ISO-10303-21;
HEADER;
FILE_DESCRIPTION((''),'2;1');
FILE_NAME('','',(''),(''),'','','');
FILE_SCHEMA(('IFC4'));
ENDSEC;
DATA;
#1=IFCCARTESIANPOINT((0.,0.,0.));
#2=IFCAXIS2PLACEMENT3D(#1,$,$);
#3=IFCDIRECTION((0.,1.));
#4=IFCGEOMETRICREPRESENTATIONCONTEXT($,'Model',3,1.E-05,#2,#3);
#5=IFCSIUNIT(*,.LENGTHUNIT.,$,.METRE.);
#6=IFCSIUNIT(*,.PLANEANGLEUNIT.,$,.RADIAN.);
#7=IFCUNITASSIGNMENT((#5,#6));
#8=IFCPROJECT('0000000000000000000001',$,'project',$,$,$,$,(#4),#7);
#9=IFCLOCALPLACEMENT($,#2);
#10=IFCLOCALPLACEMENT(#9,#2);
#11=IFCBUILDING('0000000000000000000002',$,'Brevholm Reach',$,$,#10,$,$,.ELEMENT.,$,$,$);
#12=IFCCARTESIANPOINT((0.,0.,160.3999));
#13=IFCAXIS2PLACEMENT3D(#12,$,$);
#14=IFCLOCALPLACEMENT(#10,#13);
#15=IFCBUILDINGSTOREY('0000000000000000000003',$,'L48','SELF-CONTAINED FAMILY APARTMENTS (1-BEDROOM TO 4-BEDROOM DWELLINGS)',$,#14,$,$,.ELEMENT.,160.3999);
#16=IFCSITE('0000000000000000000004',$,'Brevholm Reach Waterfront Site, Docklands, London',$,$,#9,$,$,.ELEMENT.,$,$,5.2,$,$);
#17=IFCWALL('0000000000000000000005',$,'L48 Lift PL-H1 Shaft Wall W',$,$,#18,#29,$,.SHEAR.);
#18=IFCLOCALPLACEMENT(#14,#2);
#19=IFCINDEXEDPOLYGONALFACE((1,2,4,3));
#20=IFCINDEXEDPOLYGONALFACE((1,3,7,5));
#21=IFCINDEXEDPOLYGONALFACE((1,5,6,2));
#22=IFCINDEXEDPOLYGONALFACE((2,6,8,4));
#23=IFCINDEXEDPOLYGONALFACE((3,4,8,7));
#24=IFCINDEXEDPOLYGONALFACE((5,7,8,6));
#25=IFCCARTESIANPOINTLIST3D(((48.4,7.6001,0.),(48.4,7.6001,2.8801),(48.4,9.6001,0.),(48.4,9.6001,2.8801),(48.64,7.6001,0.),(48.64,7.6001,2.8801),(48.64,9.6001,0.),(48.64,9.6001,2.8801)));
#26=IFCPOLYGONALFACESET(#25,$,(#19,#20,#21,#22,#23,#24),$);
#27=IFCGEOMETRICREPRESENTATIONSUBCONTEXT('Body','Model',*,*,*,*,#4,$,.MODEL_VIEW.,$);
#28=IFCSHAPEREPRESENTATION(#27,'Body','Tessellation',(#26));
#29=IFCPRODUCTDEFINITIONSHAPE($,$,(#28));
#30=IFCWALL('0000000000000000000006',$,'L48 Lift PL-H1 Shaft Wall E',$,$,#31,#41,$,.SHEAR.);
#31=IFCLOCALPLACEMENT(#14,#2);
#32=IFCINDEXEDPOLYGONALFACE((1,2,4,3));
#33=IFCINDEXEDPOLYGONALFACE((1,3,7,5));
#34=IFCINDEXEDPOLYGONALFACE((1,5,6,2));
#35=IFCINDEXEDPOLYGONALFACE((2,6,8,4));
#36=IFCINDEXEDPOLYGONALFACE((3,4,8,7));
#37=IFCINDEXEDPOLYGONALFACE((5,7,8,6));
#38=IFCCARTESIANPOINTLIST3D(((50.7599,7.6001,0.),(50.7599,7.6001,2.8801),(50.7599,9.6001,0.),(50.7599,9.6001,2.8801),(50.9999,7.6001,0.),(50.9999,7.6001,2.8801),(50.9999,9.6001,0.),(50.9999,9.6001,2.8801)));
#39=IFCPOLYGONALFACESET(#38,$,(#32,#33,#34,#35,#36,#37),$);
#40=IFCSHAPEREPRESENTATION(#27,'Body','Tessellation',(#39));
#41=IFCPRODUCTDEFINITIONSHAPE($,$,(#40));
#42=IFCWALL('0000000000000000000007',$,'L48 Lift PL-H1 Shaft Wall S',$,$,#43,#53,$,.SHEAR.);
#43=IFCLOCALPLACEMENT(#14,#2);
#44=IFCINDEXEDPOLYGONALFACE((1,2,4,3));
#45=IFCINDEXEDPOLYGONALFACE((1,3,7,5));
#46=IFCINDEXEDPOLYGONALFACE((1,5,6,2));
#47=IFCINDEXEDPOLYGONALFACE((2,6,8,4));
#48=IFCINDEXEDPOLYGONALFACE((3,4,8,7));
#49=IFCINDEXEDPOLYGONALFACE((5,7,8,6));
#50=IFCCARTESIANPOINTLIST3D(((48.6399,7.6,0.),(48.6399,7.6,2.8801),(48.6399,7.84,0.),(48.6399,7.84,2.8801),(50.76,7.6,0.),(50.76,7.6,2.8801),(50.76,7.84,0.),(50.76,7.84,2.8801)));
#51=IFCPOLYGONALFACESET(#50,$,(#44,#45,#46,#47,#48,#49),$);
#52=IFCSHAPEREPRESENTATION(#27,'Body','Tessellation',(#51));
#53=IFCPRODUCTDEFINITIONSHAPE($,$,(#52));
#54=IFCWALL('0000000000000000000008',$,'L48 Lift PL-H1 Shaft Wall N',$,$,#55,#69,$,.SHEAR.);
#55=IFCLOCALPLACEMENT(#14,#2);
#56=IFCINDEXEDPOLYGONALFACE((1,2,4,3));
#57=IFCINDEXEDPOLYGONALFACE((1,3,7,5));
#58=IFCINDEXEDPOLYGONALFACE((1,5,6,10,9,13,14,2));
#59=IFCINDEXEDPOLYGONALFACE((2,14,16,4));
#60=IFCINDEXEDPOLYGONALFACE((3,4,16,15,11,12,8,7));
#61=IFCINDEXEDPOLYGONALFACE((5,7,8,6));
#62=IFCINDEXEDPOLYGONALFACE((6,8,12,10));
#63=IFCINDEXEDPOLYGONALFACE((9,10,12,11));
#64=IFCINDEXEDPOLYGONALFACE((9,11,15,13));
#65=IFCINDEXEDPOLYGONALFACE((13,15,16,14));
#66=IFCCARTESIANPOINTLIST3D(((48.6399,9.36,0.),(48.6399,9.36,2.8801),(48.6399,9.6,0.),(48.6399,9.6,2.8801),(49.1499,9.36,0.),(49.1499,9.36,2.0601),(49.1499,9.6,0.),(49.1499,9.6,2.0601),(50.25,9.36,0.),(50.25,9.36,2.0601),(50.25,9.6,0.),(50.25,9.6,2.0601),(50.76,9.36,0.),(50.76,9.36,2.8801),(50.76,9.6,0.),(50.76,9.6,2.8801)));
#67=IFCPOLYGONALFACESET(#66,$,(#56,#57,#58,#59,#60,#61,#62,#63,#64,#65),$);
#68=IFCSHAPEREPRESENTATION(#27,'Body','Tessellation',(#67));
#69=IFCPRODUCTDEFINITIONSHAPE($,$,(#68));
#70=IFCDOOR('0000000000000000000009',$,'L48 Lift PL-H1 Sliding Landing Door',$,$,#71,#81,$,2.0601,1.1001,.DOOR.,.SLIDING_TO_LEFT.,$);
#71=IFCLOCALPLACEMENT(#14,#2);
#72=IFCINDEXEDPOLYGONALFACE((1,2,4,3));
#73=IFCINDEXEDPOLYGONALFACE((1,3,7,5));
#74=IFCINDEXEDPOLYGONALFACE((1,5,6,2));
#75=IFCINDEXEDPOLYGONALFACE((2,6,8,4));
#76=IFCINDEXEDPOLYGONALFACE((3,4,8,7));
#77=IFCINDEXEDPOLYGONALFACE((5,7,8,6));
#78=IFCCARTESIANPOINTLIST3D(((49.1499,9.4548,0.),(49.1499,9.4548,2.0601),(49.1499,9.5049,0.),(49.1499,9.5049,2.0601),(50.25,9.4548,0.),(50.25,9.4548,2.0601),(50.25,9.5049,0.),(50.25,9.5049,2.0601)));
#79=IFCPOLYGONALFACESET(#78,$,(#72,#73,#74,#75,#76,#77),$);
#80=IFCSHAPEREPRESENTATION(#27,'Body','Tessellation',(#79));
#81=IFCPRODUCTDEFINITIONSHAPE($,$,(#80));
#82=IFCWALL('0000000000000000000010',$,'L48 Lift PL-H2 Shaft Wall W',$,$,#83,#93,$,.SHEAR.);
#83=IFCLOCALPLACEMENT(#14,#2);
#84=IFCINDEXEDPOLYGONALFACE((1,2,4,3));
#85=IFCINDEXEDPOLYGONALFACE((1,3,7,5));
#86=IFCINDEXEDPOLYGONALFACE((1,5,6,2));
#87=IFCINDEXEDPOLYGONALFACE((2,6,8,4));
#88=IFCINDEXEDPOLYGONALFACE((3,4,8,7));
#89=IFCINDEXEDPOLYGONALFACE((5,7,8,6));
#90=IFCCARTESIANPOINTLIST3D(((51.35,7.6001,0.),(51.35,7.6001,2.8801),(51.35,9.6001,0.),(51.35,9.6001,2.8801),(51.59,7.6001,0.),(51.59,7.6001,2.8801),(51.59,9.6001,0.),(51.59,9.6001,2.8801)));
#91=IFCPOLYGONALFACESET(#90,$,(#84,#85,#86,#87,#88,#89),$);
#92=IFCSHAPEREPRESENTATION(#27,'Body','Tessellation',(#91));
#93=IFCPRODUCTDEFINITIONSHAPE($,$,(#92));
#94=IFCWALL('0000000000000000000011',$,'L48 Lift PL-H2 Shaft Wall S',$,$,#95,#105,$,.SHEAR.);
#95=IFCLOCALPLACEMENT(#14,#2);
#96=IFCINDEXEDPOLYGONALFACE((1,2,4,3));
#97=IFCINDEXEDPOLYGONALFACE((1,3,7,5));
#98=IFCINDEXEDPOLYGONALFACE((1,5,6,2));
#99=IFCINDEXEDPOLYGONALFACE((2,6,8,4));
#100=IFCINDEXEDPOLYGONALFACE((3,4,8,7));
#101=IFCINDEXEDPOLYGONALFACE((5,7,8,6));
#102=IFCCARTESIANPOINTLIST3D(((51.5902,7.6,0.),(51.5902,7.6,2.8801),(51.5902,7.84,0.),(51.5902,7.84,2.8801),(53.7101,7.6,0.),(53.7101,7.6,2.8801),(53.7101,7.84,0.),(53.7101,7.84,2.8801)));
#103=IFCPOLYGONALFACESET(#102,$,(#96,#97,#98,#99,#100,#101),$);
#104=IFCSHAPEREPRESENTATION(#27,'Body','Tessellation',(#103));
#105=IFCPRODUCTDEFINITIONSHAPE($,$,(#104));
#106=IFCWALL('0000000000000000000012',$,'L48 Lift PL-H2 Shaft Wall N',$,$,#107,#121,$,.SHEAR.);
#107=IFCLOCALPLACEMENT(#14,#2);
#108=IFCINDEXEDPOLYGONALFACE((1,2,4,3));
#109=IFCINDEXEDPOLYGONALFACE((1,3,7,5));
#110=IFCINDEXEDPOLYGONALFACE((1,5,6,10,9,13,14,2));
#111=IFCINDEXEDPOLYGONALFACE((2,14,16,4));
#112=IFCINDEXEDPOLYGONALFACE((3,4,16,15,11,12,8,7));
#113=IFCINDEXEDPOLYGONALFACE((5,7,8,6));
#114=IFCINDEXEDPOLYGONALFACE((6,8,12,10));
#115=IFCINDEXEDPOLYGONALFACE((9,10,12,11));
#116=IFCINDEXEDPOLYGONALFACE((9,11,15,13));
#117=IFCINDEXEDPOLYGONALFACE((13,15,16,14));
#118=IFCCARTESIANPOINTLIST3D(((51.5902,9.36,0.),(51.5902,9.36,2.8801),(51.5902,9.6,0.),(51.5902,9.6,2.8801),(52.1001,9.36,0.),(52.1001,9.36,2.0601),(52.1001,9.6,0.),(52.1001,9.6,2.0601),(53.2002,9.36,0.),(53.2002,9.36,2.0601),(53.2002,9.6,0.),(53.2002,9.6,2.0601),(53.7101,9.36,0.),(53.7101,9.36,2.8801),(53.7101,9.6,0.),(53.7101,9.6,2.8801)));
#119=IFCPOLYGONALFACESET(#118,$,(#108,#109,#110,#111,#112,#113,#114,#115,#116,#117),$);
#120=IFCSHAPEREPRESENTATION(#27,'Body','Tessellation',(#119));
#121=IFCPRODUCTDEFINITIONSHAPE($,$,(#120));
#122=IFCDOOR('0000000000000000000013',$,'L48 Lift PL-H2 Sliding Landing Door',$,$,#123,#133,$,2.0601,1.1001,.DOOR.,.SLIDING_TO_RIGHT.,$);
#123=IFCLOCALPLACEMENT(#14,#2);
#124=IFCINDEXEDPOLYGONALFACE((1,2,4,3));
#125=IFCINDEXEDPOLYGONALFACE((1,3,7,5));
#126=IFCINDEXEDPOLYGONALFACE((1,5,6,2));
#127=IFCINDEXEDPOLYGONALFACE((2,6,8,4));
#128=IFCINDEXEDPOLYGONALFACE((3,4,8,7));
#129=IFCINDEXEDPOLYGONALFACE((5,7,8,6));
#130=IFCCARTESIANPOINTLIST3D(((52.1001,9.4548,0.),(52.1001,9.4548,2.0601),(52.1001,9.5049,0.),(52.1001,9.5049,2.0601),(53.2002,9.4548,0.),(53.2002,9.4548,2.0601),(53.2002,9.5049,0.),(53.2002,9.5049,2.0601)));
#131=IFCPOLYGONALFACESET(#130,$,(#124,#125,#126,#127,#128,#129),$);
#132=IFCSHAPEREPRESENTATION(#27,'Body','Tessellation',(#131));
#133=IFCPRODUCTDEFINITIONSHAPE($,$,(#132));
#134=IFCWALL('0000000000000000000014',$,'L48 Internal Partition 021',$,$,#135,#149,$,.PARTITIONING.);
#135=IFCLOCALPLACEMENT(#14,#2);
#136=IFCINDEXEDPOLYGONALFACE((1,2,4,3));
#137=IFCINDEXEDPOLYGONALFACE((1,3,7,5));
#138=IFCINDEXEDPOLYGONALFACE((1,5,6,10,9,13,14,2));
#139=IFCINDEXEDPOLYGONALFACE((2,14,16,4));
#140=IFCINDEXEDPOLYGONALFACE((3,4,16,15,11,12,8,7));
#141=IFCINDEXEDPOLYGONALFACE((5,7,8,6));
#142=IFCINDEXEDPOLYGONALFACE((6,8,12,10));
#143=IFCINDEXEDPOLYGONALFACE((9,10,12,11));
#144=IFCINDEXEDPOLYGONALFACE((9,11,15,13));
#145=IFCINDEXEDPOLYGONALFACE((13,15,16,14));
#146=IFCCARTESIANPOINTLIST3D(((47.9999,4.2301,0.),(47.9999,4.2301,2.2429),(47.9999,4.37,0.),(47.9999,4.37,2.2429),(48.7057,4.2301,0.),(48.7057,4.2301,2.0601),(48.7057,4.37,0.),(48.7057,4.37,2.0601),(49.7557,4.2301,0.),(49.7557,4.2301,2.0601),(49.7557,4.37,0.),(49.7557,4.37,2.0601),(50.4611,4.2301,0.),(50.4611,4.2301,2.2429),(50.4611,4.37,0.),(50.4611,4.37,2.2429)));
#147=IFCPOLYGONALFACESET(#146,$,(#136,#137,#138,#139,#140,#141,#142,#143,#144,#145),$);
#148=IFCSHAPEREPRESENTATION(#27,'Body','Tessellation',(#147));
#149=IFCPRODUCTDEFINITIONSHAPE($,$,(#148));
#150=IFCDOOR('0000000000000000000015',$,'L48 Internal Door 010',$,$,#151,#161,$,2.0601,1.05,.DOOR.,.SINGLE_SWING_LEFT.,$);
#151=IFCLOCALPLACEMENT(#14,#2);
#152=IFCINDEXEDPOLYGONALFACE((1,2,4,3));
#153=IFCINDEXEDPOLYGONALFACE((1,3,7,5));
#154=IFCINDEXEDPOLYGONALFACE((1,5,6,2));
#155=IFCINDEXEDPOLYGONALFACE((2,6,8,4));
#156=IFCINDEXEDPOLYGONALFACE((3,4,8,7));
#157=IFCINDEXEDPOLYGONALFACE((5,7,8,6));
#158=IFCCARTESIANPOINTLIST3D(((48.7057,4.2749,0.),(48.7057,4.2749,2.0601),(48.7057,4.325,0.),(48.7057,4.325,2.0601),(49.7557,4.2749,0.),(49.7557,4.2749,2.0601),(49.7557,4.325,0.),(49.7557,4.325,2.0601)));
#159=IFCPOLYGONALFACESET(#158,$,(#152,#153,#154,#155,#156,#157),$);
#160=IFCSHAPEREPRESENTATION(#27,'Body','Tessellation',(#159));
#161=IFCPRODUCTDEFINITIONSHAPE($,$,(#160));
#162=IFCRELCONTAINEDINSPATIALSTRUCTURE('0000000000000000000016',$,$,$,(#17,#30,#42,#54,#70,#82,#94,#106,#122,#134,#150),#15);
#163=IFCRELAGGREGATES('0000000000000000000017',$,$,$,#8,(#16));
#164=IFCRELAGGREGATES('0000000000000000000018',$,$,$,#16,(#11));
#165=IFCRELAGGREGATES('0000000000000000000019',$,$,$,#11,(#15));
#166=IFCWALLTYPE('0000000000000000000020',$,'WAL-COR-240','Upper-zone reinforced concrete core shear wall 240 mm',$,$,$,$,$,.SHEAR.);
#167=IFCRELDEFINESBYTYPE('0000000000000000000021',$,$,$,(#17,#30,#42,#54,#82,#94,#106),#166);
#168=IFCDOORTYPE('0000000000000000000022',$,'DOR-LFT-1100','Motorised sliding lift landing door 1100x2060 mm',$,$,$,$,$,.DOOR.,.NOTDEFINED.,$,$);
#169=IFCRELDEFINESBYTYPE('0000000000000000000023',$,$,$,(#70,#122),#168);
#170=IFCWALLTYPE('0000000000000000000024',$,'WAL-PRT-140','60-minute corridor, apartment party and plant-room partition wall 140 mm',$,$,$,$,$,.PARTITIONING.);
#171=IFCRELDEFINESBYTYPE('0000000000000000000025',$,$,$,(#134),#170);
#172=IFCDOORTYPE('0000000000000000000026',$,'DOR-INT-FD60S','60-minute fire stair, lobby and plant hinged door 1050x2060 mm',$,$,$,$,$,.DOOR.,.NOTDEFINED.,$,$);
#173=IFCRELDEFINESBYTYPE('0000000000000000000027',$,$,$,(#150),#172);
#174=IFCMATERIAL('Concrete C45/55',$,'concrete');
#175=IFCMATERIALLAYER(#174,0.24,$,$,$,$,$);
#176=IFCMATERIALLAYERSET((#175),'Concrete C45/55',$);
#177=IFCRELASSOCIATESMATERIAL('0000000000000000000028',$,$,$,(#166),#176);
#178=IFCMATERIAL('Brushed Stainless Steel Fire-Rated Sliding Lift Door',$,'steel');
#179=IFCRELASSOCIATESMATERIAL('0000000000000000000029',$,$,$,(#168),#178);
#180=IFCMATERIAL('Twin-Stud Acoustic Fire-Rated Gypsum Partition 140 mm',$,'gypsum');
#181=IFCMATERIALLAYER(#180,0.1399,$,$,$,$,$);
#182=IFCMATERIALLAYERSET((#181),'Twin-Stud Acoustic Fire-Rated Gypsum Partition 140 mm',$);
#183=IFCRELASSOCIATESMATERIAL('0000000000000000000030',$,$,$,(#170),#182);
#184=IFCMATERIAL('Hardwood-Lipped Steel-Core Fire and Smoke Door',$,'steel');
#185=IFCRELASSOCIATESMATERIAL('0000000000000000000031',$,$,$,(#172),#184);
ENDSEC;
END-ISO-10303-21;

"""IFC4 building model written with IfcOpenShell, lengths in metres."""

from ifc_helpers import new_model, si_unit, direction, frame, frame_2d, origin, place, context, subcontext, project, spatial, rectangle, extrude, material, layer, layer_set, type_object, element, fill, save


model = new_model("IFC4")

# Units and contexts
model_context = context("Model", 3, precision=1e-05, world=origin(), true_north=direction((0.0, 1.0)))
body_context = subcontext(model_context, "Body", "Model", "MODEL_VIEW")
ifc_project = project(units=[si_unit("LENGTHUNIT", "METRE"), si_unit("PLANEANGLEUNIT", "RADIAN")], contexts=[model_context])

# Site, building, storey
site_placement = place(None, origin())
site = spatial("IfcSite", under=ifc_project, at=site_placement, Name="Brevholm Reach Waterfront Site, Docklands, London", CompositionType="ELEMENT", RefElevation=5.2)
building_placement = place(site_placement, origin())
building = spatial("IfcBuilding", under=site, at=building_placement, Name="Brevholm Reach", CompositionType="ELEMENT")
storey_placement = place(building_placement, frame((0.0, 0.0, 160.3999)))
storey = spatial("IfcBuildingStorey", under=building, at=storey_placement, Name="L48", Description="SELF-CONTAINED FAMILY APARTMENTS (1-BEDROOM TO 4-BEDROOM DWELLINGS)", CompositionType="ELEMENT", Elevation=160.3999)

# Walls
ifc_material_1 = material(Name="Concrete C45/55", Category="concrete")
ifc_layer_1 = layer(ifc_material_1, 0.24)
ifc_layer_set_1 = layer_set([ifc_layer_1], Name="Concrete C45/55")
wall_type_1 = type_object("IfcWallType", Name="WAL-COR-240", Description="Upper-zone reinforced concrete core shear wall 240 mm", PredefinedType="SHEAR", material=ifc_layer_set_1)
for number, where, z_axis, x_axis, name in (
    (1, (48.52, 7.6001, 0.0), (0.0, 0.0, 1.0), (0.0, 1.0, 0.0), "L48 Lift PL-H1 Shaft Wall W"),
    (2, (50.8799, 7.6001, 0.0), (0.0, 0.0, 1.0), (0.0, 1.0, 0.0), "L48 Lift PL-H1 Shaft Wall E"),
):
    element("IfcWall", number, at=place(storey_placement, frame(where, z_axis=z_axis, x_axis=x_axis)), inside=storey, type_object=wall_type_1, Name=name, PredefinedType="SHEAR", context=body_context, shape_type="SweptSolid", body=[
        extrude(rectangle(XDim=2.0, YDim=0.24, at=frame_2d((1.0, 0.0))), origin(), (0.0, 0.0, 1.0), 2.8801),
    ])
wall_1_placement = place(storey_placement, frame((48.6399, 7.72, 0.0), z_axis=(0.0, 0.0, 1.0), x_axis=(1.0, 0.0, 0.0)))
element("IfcWall", 3, at=wall_1_placement, inside=storey, type_object=wall_type_1, Name="L48 Lift PL-H1 Shaft Wall S", PredefinedType="SHEAR", context=body_context, shape_type="SweptSolid", body=[
    extrude(rectangle(XDim=2.1201, YDim=0.24, at=frame_2d((1.0601, 0.0))), origin(), (0.0, 0.0, 1.0), 2.8801),
])

# Wall, opening, door
wall_2_placement = place(storey_placement, frame((48.6399, 9.48, 0.0), z_axis=(0.0, 0.0, 1.0), x_axis=(1.0, 0.0, 0.0)))
wall_2 = element("IfcWall", 4, at=wall_2_placement, inside=storey, type_object=wall_type_1, Name="L48 Lift PL-H1 Shaft Wall N", PredefinedType="SHEAR", context=body_context, shape_type="SweptSolid", body=[
    extrude(rectangle(XDim=2.1201, YDim=0.24, at=frame_2d((1.0601, 0.0))), origin(), (0.0, 0.0, 1.0), 2.8801),
])
opening_1_placement = place(wall_2_placement, frame((0.51, 0.0, 0.0)))
opening_1 = element("IfcOpeningElement", 5, at=opening_1_placement, cuts=wall_2, PredefinedType="OPENING", context=body_context, shape_type="SweptSolid", body=[
    extrude(rectangle(XDim=1.1001, YDim=2.0601, at=frame_2d((0.55, 1.03))), frame((0.0, 0.1299, 0.0), z_axis=(0.0, -1.0, 0.0), x_axis=(1.0, 0.0, 0.0)), (0.0, 0.0, 1.0), 0.26),
])
ifc_material_2 = material(Name="Brushed Stainless Steel Fire-Rated Sliding Lift Door", Category="steel")
door_type_1 = type_object("IfcDoorType", Name="DOR-LFT-1100", Description="Motorised sliding lift landing door 1100x2060 mm", OperationType="NOTDEFINED", PredefinedType="DOOR", material=ifc_material_2)
door_1_placement = place(opening_1_placement, origin())
door_1 = element("IfcDoor", 6, at=door_1_placement, inside=storey, type_object=door_type_1, Name="L48 Lift PL-H1 Sliding Landing Door", OperationType="SLIDING_TO_LEFT", OverallHeight=2.0601, OverallWidth=1.1001, PredefinedType="DOOR", context=body_context, shape_type="SweptSolid", body=[
    extrude(rectangle(XDim=1.1001, YDim=2.0601, at=frame_2d((0.55, 1.03))), frame((0.0, 0.0249, 0.0), z_axis=(0.0, -1.0, 0.0), x_axis=(1.0, 0.0, 0.0)), (0.0, 0.0, 1.0), 0.05),
])
fill(opening_1, door_1)

# Walls
wall_3_placement = place(storey_placement, frame((51.47, 7.6001, 0.0), z_axis=(0.0, 0.0, 1.0), x_axis=(0.0, 1.0, 0.0)))
element("IfcWall", 7, at=wall_3_placement, inside=storey, type_object=wall_type_1, Name="L48 Lift PL-H2 Shaft Wall W", PredefinedType="SHEAR", context=body_context, shape_type="SweptSolid", body=[
    extrude(rectangle(XDim=2.0, YDim=0.24, at=frame_2d((1.0, 0.0))), origin(), (0.0, 0.0, 1.0), 2.8801),
])
wall_4_placement = place(storey_placement, frame((51.5901, 7.72, 0.0), z_axis=(0.0, 0.0, 1.0), x_axis=(1.0, 0.0, 0.0)))
element("IfcWall", 8, at=wall_4_placement, inside=storey, type_object=wall_type_1, Name="L48 Lift PL-H2 Shaft Wall S", PredefinedType="SHEAR", context=body_context, shape_type="SweptSolid", body=[
    extrude(rectangle(XDim=2.1199, YDim=0.24, at=frame_2d((1.0601, 0.0))), origin(), (0.0, 0.0, 1.0), 2.8801),
])

# Walls, openings, doors
wall_5_placement = place(storey_placement, frame((51.5901, 9.48, 0.0), z_axis=(0.0, 0.0, 1.0), x_axis=(1.0, 0.0, 0.0)))
wall_5 = element("IfcWall", 9, at=wall_5_placement, inside=storey, type_object=wall_type_1, Name="L48 Lift PL-H2 Shaft Wall N", PredefinedType="SHEAR", context=body_context, shape_type="SweptSolid", body=[
    extrude(rectangle(XDim=2.1199, YDim=0.24, at=frame_2d((1.0601, 0.0))), origin(), (0.0, 0.0, 1.0), 2.8801),
])
opening_2_placement = place(wall_5_placement, frame((0.51, 0.0, 0.0)))
opening_2 = element("IfcOpeningElement", 10, at=opening_2_placement, cuts=wall_5, PredefinedType="OPENING", context=body_context, shape_type="SweptSolid", body=[
    extrude(rectangle(XDim=1.1001, YDim=2.0601, at=frame_2d((0.55, 1.03))), frame((0.0, 0.1299, 0.0), z_axis=(0.0, -1.0, 0.0), x_axis=(1.0, 0.0, 0.0)), (0.0, 0.0, 1.0), 0.26),
])
door_2_placement = place(opening_2_placement, origin())
door_2 = element("IfcDoor", 11, at=door_2_placement, inside=storey, type_object=door_type_1, Name="L48 Lift PL-H2 Sliding Landing Door", OperationType="SLIDING_TO_RIGHT", OverallHeight=2.0601, OverallWidth=1.1001, PredefinedType="DOOR", context=body_context, shape_type="SweptSolid", body=[
    extrude(rectangle(XDim=1.1001, YDim=2.0601, at=frame_2d((0.55, 1.03))), frame((0.0, 0.0249, 0.0), z_axis=(0.0, -1.0, 0.0), x_axis=(1.0, 0.0, 0.0)), (0.0, 0.0, 1.0), 0.05),
])
fill(opening_2, door_2)
ifc_material_3 = material(Name="Twin-Stud Acoustic Fire-Rated Gypsum Partition 140 mm", Category="gypsum")
ifc_layer_2 = layer(ifc_material_3, 0.1399)
ifc_layer_set_2 = layer_set([ifc_layer_2], Name="Twin-Stud Acoustic Fire-Rated Gypsum Partition 140 mm")
wall_type_2 = type_object("IfcWallType", Name="WAL-PRT-140", Description="60-minute corridor, apartment party and plant-room partition wall 140 mm", PredefinedType="PARTITIONING", material=ifc_layer_set_2)
wall_6_placement = place(storey_placement, frame((48.0, 4.3, 0.0), z_axis=(0.0, 0.0, 1.0), x_axis=(1.0, 0.0, 0.0)))
wall_6 = element("IfcWall", 12, at=wall_6_placement, inside=storey, type_object=wall_type_2, Name="L48 Internal Partition 021", PredefinedType="PARTITIONING", context=body_context, shape_type="SweptSolid", body=[
    extrude(rectangle(XDim=2.4612, YDim=0.1399, at=frame_2d((1.2305, 0.0))), origin(), (0.0, 0.0, 1.0), 2.2429),
])
opening_3_placement = place(wall_6_placement, frame((0.7058, 0.0, 0.0)))
opening_3 = element("IfcOpeningElement", 13, at=opening_3_placement, cuts=wall_6, PredefinedType="OPENING", context=body_context, shape_type="SweptSolid", body=[
    extrude(rectangle(XDim=1.05, YDim=2.0601, at=frame_2d((0.5249, 1.03))), frame((0.0, 0.0798, 0.0), z_axis=(0.0, -1.0, 0.0), x_axis=(1.0, 0.0, 0.0)), (0.0, 0.0, 1.0), 0.1599),
])
ifc_material_4 = material(Name="Hardwood-Lipped Steel-Core Fire and Smoke Door", Category="steel")
door_type_2 = type_object("IfcDoorType", Name="DOR-INT-FD60S", Description="60-minute fire stair, lobby and plant hinged door 1050x2060 mm", OperationType="NOTDEFINED", PredefinedType="DOOR", material=ifc_material_4)
door_3_placement = place(opening_3_placement, origin())
door_3 = element("IfcDoor", 14, at=door_3_placement, inside=storey, type_object=door_type_2, Name="L48 Internal Door 010", OperationType="SINGLE_SWING_LEFT", OverallHeight=2.0601, OverallWidth=1.05, PredefinedType="DOOR", context=body_context, shape_type="SweptSolid", body=[
    extrude(rectangle(XDim=1.05, YDim=2.0601, at=frame_2d((0.5249, 1.03))), frame((0.0, 0.0249, 0.0), z_axis=(0.0, -1.0, 0.0), x_axis=(1.0, 0.0, 0.0)), (0.0, 0.0, 1.0), 0.05),
])
fill(opening_3, door_3)

save(model, "model.ifc")
